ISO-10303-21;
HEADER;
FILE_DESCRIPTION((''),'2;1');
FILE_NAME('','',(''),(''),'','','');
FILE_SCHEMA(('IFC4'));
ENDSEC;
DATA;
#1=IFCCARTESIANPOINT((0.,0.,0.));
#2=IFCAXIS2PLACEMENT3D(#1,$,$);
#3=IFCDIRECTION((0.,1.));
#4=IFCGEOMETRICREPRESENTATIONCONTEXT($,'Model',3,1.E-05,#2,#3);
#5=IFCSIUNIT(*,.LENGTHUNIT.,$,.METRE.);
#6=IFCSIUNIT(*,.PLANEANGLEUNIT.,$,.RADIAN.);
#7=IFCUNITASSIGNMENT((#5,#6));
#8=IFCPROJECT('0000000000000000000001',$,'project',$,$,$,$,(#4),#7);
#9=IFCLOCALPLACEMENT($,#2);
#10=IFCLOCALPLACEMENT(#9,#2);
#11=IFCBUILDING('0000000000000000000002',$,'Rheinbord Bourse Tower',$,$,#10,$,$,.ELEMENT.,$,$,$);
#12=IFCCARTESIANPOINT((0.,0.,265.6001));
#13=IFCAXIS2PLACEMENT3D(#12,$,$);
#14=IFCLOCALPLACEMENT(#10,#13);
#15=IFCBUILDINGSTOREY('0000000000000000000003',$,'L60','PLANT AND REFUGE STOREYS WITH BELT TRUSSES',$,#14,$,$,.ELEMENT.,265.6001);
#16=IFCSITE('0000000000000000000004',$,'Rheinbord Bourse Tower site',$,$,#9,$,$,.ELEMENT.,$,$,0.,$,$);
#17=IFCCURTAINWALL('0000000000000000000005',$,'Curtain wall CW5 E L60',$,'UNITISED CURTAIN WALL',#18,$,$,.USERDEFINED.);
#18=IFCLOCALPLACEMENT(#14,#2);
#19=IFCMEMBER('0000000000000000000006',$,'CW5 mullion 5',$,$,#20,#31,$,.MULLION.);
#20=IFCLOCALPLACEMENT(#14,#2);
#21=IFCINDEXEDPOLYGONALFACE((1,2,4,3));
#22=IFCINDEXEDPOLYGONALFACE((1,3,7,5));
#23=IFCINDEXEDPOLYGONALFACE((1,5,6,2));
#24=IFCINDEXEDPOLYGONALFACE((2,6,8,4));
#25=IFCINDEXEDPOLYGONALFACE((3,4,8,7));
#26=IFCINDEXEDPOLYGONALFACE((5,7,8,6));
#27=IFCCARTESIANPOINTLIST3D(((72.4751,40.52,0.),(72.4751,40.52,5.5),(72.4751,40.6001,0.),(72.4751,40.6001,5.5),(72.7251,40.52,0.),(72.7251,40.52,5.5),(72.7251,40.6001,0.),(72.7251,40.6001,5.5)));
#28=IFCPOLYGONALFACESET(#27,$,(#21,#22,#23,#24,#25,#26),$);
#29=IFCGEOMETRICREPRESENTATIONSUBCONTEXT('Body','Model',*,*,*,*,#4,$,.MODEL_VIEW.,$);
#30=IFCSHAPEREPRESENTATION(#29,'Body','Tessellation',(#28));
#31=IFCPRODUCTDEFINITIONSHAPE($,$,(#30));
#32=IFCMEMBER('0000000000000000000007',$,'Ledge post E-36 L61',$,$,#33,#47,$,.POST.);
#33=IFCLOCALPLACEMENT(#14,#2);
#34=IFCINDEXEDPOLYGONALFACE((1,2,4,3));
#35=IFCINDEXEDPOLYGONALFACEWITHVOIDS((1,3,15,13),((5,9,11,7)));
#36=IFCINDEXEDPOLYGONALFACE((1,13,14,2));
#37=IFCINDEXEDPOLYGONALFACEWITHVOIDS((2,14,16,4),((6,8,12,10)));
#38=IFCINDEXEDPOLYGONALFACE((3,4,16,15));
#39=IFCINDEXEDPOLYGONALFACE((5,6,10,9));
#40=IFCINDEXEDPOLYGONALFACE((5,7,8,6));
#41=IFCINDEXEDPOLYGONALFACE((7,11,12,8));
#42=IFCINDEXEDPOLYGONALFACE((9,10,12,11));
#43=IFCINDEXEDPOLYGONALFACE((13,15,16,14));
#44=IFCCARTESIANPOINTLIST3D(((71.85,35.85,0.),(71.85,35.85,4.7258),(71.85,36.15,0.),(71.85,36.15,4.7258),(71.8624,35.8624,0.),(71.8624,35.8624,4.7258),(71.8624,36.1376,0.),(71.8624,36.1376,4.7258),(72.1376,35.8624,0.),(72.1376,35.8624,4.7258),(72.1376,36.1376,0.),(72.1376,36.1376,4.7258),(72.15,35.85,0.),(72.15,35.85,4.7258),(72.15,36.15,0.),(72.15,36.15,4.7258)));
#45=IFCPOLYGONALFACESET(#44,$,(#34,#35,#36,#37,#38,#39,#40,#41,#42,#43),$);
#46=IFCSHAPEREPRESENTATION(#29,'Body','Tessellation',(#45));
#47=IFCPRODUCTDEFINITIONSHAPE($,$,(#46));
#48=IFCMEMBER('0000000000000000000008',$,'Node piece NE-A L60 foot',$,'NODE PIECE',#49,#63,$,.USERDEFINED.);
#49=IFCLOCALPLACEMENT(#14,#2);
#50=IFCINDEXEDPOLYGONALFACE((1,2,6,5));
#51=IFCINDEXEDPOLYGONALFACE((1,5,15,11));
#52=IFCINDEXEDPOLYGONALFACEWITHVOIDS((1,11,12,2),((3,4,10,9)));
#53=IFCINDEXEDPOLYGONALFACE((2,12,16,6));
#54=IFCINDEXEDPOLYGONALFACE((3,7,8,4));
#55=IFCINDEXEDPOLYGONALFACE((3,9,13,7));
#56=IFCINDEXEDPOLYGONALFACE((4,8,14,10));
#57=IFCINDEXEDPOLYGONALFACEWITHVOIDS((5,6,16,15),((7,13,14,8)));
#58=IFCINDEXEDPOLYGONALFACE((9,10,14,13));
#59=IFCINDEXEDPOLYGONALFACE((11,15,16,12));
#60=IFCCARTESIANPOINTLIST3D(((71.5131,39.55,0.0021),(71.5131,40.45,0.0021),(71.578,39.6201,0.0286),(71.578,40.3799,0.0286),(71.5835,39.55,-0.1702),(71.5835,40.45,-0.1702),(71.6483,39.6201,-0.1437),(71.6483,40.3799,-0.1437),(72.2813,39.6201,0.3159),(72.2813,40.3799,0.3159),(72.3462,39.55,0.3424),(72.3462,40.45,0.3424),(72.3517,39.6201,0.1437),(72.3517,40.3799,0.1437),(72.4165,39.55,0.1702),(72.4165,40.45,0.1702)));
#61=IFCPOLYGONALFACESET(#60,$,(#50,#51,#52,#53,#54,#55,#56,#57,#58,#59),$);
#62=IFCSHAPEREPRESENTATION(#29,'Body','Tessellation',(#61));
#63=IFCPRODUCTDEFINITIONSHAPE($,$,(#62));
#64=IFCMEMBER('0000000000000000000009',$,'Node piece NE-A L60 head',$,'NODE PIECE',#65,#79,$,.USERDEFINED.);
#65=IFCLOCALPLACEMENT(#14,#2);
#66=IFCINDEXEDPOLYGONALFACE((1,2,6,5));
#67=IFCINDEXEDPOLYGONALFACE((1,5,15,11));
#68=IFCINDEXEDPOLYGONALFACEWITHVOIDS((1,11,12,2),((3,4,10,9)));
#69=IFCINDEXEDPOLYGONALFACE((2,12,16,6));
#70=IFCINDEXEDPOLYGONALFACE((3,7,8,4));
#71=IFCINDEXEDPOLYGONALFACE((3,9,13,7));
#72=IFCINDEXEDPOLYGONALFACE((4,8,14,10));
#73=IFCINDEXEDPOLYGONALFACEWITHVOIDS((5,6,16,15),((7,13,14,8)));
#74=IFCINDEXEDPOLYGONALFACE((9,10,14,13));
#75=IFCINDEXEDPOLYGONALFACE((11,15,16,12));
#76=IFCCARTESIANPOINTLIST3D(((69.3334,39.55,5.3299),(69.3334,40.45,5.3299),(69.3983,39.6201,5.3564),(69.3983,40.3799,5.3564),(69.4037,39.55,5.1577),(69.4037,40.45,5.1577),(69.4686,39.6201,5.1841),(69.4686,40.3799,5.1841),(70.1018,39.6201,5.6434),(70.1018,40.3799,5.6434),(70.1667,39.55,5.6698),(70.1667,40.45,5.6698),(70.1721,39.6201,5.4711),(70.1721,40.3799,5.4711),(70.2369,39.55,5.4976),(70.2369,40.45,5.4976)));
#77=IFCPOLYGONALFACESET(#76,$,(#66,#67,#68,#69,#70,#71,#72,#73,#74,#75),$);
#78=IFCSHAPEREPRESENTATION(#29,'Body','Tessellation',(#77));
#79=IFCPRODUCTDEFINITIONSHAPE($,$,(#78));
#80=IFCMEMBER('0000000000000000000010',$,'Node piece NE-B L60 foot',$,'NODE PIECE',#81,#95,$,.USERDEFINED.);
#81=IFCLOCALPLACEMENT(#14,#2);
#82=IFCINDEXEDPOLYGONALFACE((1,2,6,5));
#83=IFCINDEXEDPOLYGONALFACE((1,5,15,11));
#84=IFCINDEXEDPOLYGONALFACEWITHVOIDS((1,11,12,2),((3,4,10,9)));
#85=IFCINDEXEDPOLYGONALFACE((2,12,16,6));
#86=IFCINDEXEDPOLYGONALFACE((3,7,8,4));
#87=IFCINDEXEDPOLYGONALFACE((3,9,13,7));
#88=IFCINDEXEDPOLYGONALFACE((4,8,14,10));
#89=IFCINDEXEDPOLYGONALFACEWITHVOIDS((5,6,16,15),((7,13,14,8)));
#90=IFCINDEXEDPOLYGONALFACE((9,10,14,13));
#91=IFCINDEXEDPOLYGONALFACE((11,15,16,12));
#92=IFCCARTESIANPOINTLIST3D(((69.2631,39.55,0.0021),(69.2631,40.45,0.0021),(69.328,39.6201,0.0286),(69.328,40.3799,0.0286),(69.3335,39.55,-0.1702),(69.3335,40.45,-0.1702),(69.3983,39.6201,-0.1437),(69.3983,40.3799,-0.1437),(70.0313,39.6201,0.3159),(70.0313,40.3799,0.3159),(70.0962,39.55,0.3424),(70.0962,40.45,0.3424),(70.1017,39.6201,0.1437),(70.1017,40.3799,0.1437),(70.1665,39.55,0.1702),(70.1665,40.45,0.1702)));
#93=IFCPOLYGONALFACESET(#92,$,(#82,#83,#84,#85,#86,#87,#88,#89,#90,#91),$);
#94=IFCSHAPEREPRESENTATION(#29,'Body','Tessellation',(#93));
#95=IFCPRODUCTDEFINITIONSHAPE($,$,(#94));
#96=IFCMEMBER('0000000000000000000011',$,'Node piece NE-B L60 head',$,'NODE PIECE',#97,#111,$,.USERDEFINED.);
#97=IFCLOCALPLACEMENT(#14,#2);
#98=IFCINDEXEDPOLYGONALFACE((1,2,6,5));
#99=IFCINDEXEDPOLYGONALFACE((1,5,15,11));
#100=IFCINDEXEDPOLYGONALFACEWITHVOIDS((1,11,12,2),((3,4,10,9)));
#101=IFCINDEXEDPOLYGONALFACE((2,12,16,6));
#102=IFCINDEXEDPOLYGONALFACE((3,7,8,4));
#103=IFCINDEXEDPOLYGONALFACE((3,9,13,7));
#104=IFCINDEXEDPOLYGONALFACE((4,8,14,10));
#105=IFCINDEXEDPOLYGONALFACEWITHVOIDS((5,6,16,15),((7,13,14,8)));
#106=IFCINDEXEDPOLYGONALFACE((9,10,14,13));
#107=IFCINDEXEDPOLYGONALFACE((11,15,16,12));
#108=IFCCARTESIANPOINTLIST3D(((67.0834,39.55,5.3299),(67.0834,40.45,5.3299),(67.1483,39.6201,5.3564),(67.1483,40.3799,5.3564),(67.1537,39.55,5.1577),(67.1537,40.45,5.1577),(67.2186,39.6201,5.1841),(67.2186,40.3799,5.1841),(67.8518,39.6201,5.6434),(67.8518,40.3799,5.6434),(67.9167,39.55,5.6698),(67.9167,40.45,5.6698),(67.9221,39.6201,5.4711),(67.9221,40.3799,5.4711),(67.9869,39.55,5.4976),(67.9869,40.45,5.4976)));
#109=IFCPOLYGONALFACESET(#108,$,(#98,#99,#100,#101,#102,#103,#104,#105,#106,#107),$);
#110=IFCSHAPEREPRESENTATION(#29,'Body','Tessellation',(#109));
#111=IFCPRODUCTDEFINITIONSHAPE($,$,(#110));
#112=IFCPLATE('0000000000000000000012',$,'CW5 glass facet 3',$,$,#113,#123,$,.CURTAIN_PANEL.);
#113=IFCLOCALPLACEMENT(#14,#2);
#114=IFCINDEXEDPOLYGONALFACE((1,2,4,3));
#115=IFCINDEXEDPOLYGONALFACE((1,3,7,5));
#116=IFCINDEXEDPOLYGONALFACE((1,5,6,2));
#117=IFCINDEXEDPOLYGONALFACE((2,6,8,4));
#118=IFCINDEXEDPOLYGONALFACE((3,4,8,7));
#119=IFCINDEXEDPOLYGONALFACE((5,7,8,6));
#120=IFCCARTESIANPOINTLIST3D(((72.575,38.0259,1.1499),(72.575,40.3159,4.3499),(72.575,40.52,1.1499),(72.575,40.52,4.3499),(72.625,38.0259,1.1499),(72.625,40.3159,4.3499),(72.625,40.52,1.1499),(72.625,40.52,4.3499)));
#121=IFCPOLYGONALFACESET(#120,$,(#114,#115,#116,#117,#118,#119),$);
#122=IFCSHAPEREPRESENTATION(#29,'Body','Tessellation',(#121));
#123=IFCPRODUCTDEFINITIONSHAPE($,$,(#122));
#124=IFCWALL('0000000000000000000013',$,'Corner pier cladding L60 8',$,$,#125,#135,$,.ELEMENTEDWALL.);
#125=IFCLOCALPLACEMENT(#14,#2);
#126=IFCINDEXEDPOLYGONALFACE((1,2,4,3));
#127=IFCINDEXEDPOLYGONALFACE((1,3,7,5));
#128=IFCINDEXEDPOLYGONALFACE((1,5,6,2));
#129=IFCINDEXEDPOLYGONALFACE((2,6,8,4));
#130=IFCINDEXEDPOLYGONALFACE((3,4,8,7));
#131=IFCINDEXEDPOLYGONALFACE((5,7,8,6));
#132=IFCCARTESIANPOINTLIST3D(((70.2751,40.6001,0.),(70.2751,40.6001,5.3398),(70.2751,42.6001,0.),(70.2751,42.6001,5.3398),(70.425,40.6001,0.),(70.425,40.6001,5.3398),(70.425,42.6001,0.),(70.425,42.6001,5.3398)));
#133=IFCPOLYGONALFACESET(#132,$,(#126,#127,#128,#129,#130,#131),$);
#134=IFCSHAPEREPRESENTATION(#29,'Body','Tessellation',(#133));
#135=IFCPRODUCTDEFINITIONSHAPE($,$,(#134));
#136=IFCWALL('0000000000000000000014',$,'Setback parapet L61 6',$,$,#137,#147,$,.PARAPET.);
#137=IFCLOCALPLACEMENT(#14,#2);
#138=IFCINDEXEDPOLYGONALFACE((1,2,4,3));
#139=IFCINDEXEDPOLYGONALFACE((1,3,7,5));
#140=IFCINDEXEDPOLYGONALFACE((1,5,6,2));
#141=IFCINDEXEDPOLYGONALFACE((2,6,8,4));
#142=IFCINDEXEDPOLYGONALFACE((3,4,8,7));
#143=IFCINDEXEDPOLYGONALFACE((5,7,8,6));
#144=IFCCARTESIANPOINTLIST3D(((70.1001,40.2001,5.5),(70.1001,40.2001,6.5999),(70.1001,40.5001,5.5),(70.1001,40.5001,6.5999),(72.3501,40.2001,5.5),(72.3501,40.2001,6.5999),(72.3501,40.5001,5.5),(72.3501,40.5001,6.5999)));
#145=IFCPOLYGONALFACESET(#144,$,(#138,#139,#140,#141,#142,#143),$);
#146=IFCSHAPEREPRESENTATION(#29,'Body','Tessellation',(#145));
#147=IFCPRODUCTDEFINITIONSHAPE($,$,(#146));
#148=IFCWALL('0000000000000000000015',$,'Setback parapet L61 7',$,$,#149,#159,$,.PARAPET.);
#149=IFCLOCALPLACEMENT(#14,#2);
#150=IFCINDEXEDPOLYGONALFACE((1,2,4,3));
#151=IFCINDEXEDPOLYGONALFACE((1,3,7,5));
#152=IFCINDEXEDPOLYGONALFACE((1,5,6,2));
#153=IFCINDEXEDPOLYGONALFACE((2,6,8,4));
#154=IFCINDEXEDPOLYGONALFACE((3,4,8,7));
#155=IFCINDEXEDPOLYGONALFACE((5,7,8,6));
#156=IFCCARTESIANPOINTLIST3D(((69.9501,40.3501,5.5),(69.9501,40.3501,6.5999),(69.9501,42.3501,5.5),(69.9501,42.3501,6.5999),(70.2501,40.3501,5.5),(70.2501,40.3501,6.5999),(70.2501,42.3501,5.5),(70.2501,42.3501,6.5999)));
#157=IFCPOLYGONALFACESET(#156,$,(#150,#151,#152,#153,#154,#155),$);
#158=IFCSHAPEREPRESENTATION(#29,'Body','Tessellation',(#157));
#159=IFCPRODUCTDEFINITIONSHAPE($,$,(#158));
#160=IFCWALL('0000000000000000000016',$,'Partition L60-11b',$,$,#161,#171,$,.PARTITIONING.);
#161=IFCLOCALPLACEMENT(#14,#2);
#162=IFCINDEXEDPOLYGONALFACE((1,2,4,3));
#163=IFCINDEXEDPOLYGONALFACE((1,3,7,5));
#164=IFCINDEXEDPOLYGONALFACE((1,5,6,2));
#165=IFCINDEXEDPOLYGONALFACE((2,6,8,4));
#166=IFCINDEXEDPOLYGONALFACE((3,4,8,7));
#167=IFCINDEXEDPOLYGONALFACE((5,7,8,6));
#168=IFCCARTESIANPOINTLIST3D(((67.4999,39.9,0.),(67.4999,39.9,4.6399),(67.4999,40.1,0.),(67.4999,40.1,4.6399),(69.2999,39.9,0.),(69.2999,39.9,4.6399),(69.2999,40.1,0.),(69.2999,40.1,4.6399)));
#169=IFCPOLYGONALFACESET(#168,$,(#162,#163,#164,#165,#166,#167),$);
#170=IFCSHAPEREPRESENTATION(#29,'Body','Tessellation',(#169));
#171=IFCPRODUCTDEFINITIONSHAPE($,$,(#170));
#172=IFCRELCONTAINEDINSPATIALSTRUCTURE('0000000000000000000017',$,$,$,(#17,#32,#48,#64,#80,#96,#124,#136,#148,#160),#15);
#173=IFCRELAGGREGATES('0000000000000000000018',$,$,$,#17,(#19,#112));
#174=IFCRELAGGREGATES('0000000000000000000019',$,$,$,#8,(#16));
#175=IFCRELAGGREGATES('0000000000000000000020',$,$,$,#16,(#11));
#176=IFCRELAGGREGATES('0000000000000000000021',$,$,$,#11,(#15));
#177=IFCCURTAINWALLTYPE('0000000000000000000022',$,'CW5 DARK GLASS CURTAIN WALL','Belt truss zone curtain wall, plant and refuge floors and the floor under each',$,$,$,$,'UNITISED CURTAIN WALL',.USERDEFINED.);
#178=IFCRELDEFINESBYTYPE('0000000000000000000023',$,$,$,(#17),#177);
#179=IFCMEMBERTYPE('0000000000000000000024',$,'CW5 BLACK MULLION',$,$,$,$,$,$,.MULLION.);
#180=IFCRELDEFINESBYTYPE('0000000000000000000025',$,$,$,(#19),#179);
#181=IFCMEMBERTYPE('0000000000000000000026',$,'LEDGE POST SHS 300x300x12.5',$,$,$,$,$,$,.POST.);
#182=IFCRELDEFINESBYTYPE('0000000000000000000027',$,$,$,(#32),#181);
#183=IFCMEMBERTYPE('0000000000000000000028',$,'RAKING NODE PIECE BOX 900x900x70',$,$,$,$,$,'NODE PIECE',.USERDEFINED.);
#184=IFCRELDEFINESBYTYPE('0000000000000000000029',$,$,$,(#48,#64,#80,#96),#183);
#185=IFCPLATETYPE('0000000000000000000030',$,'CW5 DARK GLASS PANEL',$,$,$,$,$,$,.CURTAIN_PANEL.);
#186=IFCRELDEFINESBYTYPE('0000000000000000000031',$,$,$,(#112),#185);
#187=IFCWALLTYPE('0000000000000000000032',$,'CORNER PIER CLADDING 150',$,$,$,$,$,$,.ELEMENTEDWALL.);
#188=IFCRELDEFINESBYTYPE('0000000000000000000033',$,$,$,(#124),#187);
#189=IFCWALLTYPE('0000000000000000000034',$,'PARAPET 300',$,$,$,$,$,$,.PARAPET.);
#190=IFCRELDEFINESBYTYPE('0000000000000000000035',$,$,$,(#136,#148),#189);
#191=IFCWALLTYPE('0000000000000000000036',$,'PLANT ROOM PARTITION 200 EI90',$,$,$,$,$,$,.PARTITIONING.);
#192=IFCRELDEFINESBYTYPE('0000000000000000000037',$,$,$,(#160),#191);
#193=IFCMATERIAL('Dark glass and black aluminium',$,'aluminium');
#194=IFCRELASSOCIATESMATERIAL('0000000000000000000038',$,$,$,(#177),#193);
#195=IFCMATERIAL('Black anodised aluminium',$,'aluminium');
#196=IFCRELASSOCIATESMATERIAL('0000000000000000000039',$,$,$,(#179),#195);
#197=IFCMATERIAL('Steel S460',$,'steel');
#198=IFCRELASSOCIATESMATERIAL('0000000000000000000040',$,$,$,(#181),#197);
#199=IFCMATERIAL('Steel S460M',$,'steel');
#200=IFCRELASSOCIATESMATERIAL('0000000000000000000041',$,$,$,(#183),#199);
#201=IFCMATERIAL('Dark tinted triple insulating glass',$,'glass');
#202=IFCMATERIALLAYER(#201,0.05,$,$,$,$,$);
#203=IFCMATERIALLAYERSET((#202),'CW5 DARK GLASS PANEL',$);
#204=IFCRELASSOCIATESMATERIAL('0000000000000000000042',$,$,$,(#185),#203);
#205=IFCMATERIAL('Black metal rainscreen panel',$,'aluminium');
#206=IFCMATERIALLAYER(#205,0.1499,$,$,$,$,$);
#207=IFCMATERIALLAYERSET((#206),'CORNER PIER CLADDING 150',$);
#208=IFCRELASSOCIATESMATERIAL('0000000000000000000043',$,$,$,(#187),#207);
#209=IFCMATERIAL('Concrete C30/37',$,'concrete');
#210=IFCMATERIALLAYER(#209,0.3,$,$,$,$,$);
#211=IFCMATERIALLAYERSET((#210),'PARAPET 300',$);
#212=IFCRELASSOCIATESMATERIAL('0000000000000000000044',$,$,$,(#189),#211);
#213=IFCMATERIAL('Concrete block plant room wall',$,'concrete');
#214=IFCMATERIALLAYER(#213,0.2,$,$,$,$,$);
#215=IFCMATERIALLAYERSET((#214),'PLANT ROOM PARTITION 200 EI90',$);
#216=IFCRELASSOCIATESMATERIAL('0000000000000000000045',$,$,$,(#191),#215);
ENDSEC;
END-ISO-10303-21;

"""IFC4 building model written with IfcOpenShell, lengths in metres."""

from ifc_helpers import new_model, si_unit, direction, frame, frame_2d, origin, origin_2d, place, context, subcontext, project, spatial, polyline, rectangle, hollow_rectangle, outline, extrude, material, layer, layer_set, material_profile, profile_set, type_object, element, aggregate, save


model = new_model("IFC4")

# Units and contexts
model_context = context("Model", 3, precision=1e-05, world=origin(), true_north=direction((0.0, 1.0)))
body_context = subcontext(model_context, "Body", "Model", "MODEL_VIEW")
ifc_project = project(units=[si_unit("LENGTHUNIT", "METRE"), si_unit("PLANEANGLEUNIT", "RADIAN")], contexts=[model_context])

# Site, building, storey
site_placement = place(None, origin())
site = spatial("IfcSite", under=ifc_project, at=site_placement, Name="Rheinbord Bourse Tower site", CompositionType="ELEMENT", RefElevation=0.0)
building_placement = place(site_placement, origin())
building = spatial("IfcBuilding", under=site, at=building_placement, Name="Rheinbord Bourse Tower", CompositionType="ELEMENT")
storey_placement = place(building_placement, frame((0.0, 0.0, 265.6001)))
storey = spatial("IfcBuildingStorey", under=building, at=storey_placement, Name="L60", Description="PLANT AND REFUGE STOREYS WITH BELT TRUSSES", CompositionType="ELEMENT", Elevation=265.6001)

# Curtain wall, member
ifc_material_1 = material(Name="Dark glass and black aluminium", Category="aluminium")
curtain_wall_type = type_object("IfcCurtainWallType", Name="CW5 DARK GLASS CURTAIN WALL", Description="Belt truss zone curtain wall, plant and refuge floors and the floor under each", ElementType="UNITISED CURTAIN WALL", PredefinedType="USERDEFINED", material=ifc_material_1)
curtain_wall_placement = place(storey_placement, origin())
curtain_wall = element("IfcCurtainWall", 1, at=curtain_wall_placement, inside=storey, type_object=curtain_wall_type, Name="Curtain wall CW5 E L60", ObjectType="UNITISED CURTAIN WALL", PredefinedType="USERDEFINED")
ifc_material_2 = material(Name="Black anodised aluminium", Category="aluminium")
ifc_material_profile_1 = material_profile(ifc_material_2, rectangle(XDim=0.25, YDim=0.0801, at=origin_2d()), Name="CW5 MULLION 80x250")
ifc_profile_set_1 = profile_set([ifc_material_profile_1], Name="Black anodised aluminium")
member_type_1 = type_object("IfcMemberType", Name="CW5 BLACK MULLION", PredefinedType="MULLION", material=ifc_profile_set_1)
member_1_placement = place(storey_placement, frame((72.6001, 40.5601, 0.0), z_axis=(0.0, 0.0, 1.0), x_axis=(-1.0, 0.0, 0.0)))
member_1 = element("IfcMember", 2, at=member_1_placement, type_object=member_type_1, Name="CW5 mullion 5", PredefinedType="MULLION", context=body_context, shape_type="SweptSolid", body=[
    extrude(rectangle(XDim=0.25, YDim=0.0801, at=origin_2d()), origin(), (0.0, 0.0, 1.0), 5.5),
])

# Members
ifc_material_3 = material(Name="Steel S460", Category="steel")
ifc_material_profile_2 = material_profile(ifc_material_3, hollow_rectangle(XDim=0.3, YDim=0.3, WallThickness=0.0125, at=origin_2d()), Name="SHS 300x300x12.5")
ifc_profile_set_2 = profile_set([ifc_material_profile_2], Name="Steel S460")
member_type_2 = type_object("IfcMemberType", Name="LEDGE POST SHS 300x300x12.5", PredefinedType="POST", material=ifc_profile_set_2)
member_2_placement = place(storey_placement, frame((72.0, 36.0, 0.0), z_axis=(0.0, 0.0, 1.0), x_axis=(1.0, 0.0, 0.0)))
element("IfcMember", 3, at=member_2_placement, inside=storey, type_object=member_type_2, Name="Ledge post E-36 L61", PredefinedType="POST", context=body_context, shape_type="SweptSolid", body=[
    extrude(hollow_rectangle(XDim=0.3, YDim=0.3, WallThickness=0.0125, at=origin_2d()), origin(), (0.0, 0.0, 1.0), 4.7258),
])
ifc_material_4 = material(Name="Steel S460M", Category="steel")
ifc_material_profile_3 = material_profile(ifc_material_4, hollow_rectangle(XDim=0.8999, YDim=0.8999, WallThickness=0.0701, at=origin_2d()), Name="BOX 900x900x70")
ifc_profile_set_3 = profile_set([ifc_material_profile_3], Name="Steel S460M")
member_type_3 = type_object("IfcMemberType", Name="RAKING NODE PIECE BOX 900x900x70", ElementType="NODE PIECE", PredefinedType="USERDEFINED", material=ifc_profile_set_3)
for number, where, z_axis, x_axis, name in (
    (4, (72.0, 40.0, 0.0), (-0.378173, 0.0, 0.925735), (0.925735, 0.0, 0.378173), "Node piece NE-A L60 foot"),
    (5, (69.8203, 40.0, 5.3276), (-0.377713, 0.0, 0.925923), (0.925923, 0.0, 0.377713), "Node piece NE-A L60 head"),
    (6, (69.75, 40.0, 0.0), (-0.378173, 0.0, 0.925735), (0.925735, 0.0, 0.378173), "Node piece NE-B L60 foot"),
    (7, (67.5703, 40.0, 5.3276), (-0.377713, 0.0, 0.925923), (0.925923, 0.0, 0.377713), "Node piece NE-B L60 head"),
):
    element("IfcMember", number, at=place(storey_placement, frame(where, z_axis=z_axis, x_axis=x_axis)), inside=storey, type_object=member_type_3, Name=name, ObjectType="NODE PIECE", PredefinedType="USERDEFINED", context=body_context, shape_type="SweptSolid", body=[
        extrude(hollow_rectangle(XDim=0.8999, YDim=0.8999, WallThickness=0.0701, at=origin_2d()), origin(), (0.0, 0.0, 1.0), 0.186),
    ])

# Plate
ifc_material_5 = material(Name="Dark tinted triple insulating glass", Category="glass")
ifc_layer_1 = layer(ifc_material_5, 0.05)
ifc_layer_set_1 = layer_set([ifc_layer_1], Name="CW5 DARK GLASS PANEL")
plate_type = type_object("IfcPlateType", Name="CW5 DARK GLASS PANEL", PredefinedType="CURTAIN_PANEL", material=ifc_layer_set_1)
plate_placement = place(storey_placement, frame((72.625, 40.52, 4.3499), z_axis=(-1.0, 0.0, 0.0), x_axis=(0.0, 0.0, -1.0)))
plate = element("IfcPlate", 8, at=plate_placement, type_object=plate_type, Name="CW5 glass facet 3", PredefinedType="CURTAIN_PANEL", context=body_context, shape_type="SweptSolid", body=[
    extrude(outline(polyline([(0.0, 0.0), (3.2, 0.0), (3.2, 2.4941), (0.0, 0.2041), (0.0, 0.0)])), origin(), (0.0, 0.0, 1.0), 0.05),
])
aggregate(curtain_wall, [member_1, plate])

# Walls
ifc_material_6 = material(Name="Black metal rainscreen panel", Category="aluminium")
ifc_layer_2 = layer(ifc_material_6, 0.1499)
ifc_layer_set_2 = layer_set([ifc_layer_2], Name="CORNER PIER CLADDING 150")
wall_type_1 = type_object("IfcWallType", Name="CORNER PIER CLADDING 150", PredefinedType="ELEMENTEDWALL", material=ifc_layer_set_2)
wall_1_placement = place(storey_placement, frame((70.3501, 40.6001, 0.0), z_axis=(0.0, 0.0, 1.0), x_axis=(0.0, 1.0, 0.0)))
element("IfcWall", 9, at=wall_1_placement, inside=storey, type_object=wall_type_1, Name="Corner pier cladding L60 8", PredefinedType="ELEMENTEDWALL", context=body_context, shape_type="SweptSolid", body=[
    extrude(rectangle(XDim=2.0, YDim=0.1499, at=frame_2d((1.0, 0.0))), origin(), (0.0, 0.0, 1.0), 5.3398),
])
ifc_material_7 = material(Name="Concrete C30/37", Category="concrete")
ifc_layer_3 = layer(ifc_material_7, 0.3)
ifc_layer_set_3 = layer_set([ifc_layer_3], Name="PARAPET 300")
wall_type_2 = type_object("IfcWallType", Name="PARAPET 300", PredefinedType="PARAPET", material=ifc_layer_set_3)
wall_2_placement = place(storey_placement, frame((72.3501, 40.3501, 5.5), z_axis=(0.0, 0.0, 1.0), x_axis=(-1.0, 0.0, 0.0)))
element("IfcWall", 10, at=wall_2_placement, inside=storey, type_object=wall_type_2, Name="Setback parapet L61 6", PredefinedType="PARAPET", context=body_context, shape_type="SweptSolid", body=[
    extrude(rectangle(XDim=2.25, YDim=0.3, at=frame_2d((1.125, 0.0))), origin(), (0.0, 0.0, 1.0), 1.0999),
])
wall_3_placement = place(storey_placement, frame((70.1001, 40.3501, 5.5), z_axis=(0.0, 0.0, 1.0), x_axis=(0.0, 1.0, 0.0)))
element("IfcWall", 11, at=wall_3_placement, inside=storey, type_object=wall_type_2, Name="Setback parapet L61 7", PredefinedType="PARAPET", context=body_context, shape_type="SweptSolid", body=[
    extrude(rectangle(XDim=2.0, YDim=0.3, at=frame_2d((1.0, 0.0))), origin(), (0.0, 0.0, 1.0), 1.0999),
])
ifc_material_8 = material(Name="Concrete block plant room wall", Category="concrete")
ifc_layer_4 = layer(ifc_material_8, 0.2)
ifc_layer_set_4 = layer_set([ifc_layer_4], Name="PLANT ROOM PARTITION 200 EI90")
wall_type_3 = type_object("IfcWallType", Name="PLANT ROOM PARTITION 200 EI90", PredefinedType="PARTITIONING", material=ifc_layer_set_4)
wall_4_placement = place(storey_placement, frame((67.5, 40.0, 0.0), z_axis=(0.0, 0.0, 1.0), x_axis=(1.0, 0.0, 0.0)))
element("IfcWall", 12, at=wall_4_placement, inside=storey, type_object=wall_type_3, Name="Partition L60-11b", PredefinedType="PARTITIONING", context=body_context, shape_type="SweptSolid", body=[
    extrude(rectangle(XDim=1.8, YDim=0.2, at=frame_2d((0.8999, 0.0))), origin(), (0.0, 0.0, 1.0), 4.6399),
])

save(model, "model.ifc")
